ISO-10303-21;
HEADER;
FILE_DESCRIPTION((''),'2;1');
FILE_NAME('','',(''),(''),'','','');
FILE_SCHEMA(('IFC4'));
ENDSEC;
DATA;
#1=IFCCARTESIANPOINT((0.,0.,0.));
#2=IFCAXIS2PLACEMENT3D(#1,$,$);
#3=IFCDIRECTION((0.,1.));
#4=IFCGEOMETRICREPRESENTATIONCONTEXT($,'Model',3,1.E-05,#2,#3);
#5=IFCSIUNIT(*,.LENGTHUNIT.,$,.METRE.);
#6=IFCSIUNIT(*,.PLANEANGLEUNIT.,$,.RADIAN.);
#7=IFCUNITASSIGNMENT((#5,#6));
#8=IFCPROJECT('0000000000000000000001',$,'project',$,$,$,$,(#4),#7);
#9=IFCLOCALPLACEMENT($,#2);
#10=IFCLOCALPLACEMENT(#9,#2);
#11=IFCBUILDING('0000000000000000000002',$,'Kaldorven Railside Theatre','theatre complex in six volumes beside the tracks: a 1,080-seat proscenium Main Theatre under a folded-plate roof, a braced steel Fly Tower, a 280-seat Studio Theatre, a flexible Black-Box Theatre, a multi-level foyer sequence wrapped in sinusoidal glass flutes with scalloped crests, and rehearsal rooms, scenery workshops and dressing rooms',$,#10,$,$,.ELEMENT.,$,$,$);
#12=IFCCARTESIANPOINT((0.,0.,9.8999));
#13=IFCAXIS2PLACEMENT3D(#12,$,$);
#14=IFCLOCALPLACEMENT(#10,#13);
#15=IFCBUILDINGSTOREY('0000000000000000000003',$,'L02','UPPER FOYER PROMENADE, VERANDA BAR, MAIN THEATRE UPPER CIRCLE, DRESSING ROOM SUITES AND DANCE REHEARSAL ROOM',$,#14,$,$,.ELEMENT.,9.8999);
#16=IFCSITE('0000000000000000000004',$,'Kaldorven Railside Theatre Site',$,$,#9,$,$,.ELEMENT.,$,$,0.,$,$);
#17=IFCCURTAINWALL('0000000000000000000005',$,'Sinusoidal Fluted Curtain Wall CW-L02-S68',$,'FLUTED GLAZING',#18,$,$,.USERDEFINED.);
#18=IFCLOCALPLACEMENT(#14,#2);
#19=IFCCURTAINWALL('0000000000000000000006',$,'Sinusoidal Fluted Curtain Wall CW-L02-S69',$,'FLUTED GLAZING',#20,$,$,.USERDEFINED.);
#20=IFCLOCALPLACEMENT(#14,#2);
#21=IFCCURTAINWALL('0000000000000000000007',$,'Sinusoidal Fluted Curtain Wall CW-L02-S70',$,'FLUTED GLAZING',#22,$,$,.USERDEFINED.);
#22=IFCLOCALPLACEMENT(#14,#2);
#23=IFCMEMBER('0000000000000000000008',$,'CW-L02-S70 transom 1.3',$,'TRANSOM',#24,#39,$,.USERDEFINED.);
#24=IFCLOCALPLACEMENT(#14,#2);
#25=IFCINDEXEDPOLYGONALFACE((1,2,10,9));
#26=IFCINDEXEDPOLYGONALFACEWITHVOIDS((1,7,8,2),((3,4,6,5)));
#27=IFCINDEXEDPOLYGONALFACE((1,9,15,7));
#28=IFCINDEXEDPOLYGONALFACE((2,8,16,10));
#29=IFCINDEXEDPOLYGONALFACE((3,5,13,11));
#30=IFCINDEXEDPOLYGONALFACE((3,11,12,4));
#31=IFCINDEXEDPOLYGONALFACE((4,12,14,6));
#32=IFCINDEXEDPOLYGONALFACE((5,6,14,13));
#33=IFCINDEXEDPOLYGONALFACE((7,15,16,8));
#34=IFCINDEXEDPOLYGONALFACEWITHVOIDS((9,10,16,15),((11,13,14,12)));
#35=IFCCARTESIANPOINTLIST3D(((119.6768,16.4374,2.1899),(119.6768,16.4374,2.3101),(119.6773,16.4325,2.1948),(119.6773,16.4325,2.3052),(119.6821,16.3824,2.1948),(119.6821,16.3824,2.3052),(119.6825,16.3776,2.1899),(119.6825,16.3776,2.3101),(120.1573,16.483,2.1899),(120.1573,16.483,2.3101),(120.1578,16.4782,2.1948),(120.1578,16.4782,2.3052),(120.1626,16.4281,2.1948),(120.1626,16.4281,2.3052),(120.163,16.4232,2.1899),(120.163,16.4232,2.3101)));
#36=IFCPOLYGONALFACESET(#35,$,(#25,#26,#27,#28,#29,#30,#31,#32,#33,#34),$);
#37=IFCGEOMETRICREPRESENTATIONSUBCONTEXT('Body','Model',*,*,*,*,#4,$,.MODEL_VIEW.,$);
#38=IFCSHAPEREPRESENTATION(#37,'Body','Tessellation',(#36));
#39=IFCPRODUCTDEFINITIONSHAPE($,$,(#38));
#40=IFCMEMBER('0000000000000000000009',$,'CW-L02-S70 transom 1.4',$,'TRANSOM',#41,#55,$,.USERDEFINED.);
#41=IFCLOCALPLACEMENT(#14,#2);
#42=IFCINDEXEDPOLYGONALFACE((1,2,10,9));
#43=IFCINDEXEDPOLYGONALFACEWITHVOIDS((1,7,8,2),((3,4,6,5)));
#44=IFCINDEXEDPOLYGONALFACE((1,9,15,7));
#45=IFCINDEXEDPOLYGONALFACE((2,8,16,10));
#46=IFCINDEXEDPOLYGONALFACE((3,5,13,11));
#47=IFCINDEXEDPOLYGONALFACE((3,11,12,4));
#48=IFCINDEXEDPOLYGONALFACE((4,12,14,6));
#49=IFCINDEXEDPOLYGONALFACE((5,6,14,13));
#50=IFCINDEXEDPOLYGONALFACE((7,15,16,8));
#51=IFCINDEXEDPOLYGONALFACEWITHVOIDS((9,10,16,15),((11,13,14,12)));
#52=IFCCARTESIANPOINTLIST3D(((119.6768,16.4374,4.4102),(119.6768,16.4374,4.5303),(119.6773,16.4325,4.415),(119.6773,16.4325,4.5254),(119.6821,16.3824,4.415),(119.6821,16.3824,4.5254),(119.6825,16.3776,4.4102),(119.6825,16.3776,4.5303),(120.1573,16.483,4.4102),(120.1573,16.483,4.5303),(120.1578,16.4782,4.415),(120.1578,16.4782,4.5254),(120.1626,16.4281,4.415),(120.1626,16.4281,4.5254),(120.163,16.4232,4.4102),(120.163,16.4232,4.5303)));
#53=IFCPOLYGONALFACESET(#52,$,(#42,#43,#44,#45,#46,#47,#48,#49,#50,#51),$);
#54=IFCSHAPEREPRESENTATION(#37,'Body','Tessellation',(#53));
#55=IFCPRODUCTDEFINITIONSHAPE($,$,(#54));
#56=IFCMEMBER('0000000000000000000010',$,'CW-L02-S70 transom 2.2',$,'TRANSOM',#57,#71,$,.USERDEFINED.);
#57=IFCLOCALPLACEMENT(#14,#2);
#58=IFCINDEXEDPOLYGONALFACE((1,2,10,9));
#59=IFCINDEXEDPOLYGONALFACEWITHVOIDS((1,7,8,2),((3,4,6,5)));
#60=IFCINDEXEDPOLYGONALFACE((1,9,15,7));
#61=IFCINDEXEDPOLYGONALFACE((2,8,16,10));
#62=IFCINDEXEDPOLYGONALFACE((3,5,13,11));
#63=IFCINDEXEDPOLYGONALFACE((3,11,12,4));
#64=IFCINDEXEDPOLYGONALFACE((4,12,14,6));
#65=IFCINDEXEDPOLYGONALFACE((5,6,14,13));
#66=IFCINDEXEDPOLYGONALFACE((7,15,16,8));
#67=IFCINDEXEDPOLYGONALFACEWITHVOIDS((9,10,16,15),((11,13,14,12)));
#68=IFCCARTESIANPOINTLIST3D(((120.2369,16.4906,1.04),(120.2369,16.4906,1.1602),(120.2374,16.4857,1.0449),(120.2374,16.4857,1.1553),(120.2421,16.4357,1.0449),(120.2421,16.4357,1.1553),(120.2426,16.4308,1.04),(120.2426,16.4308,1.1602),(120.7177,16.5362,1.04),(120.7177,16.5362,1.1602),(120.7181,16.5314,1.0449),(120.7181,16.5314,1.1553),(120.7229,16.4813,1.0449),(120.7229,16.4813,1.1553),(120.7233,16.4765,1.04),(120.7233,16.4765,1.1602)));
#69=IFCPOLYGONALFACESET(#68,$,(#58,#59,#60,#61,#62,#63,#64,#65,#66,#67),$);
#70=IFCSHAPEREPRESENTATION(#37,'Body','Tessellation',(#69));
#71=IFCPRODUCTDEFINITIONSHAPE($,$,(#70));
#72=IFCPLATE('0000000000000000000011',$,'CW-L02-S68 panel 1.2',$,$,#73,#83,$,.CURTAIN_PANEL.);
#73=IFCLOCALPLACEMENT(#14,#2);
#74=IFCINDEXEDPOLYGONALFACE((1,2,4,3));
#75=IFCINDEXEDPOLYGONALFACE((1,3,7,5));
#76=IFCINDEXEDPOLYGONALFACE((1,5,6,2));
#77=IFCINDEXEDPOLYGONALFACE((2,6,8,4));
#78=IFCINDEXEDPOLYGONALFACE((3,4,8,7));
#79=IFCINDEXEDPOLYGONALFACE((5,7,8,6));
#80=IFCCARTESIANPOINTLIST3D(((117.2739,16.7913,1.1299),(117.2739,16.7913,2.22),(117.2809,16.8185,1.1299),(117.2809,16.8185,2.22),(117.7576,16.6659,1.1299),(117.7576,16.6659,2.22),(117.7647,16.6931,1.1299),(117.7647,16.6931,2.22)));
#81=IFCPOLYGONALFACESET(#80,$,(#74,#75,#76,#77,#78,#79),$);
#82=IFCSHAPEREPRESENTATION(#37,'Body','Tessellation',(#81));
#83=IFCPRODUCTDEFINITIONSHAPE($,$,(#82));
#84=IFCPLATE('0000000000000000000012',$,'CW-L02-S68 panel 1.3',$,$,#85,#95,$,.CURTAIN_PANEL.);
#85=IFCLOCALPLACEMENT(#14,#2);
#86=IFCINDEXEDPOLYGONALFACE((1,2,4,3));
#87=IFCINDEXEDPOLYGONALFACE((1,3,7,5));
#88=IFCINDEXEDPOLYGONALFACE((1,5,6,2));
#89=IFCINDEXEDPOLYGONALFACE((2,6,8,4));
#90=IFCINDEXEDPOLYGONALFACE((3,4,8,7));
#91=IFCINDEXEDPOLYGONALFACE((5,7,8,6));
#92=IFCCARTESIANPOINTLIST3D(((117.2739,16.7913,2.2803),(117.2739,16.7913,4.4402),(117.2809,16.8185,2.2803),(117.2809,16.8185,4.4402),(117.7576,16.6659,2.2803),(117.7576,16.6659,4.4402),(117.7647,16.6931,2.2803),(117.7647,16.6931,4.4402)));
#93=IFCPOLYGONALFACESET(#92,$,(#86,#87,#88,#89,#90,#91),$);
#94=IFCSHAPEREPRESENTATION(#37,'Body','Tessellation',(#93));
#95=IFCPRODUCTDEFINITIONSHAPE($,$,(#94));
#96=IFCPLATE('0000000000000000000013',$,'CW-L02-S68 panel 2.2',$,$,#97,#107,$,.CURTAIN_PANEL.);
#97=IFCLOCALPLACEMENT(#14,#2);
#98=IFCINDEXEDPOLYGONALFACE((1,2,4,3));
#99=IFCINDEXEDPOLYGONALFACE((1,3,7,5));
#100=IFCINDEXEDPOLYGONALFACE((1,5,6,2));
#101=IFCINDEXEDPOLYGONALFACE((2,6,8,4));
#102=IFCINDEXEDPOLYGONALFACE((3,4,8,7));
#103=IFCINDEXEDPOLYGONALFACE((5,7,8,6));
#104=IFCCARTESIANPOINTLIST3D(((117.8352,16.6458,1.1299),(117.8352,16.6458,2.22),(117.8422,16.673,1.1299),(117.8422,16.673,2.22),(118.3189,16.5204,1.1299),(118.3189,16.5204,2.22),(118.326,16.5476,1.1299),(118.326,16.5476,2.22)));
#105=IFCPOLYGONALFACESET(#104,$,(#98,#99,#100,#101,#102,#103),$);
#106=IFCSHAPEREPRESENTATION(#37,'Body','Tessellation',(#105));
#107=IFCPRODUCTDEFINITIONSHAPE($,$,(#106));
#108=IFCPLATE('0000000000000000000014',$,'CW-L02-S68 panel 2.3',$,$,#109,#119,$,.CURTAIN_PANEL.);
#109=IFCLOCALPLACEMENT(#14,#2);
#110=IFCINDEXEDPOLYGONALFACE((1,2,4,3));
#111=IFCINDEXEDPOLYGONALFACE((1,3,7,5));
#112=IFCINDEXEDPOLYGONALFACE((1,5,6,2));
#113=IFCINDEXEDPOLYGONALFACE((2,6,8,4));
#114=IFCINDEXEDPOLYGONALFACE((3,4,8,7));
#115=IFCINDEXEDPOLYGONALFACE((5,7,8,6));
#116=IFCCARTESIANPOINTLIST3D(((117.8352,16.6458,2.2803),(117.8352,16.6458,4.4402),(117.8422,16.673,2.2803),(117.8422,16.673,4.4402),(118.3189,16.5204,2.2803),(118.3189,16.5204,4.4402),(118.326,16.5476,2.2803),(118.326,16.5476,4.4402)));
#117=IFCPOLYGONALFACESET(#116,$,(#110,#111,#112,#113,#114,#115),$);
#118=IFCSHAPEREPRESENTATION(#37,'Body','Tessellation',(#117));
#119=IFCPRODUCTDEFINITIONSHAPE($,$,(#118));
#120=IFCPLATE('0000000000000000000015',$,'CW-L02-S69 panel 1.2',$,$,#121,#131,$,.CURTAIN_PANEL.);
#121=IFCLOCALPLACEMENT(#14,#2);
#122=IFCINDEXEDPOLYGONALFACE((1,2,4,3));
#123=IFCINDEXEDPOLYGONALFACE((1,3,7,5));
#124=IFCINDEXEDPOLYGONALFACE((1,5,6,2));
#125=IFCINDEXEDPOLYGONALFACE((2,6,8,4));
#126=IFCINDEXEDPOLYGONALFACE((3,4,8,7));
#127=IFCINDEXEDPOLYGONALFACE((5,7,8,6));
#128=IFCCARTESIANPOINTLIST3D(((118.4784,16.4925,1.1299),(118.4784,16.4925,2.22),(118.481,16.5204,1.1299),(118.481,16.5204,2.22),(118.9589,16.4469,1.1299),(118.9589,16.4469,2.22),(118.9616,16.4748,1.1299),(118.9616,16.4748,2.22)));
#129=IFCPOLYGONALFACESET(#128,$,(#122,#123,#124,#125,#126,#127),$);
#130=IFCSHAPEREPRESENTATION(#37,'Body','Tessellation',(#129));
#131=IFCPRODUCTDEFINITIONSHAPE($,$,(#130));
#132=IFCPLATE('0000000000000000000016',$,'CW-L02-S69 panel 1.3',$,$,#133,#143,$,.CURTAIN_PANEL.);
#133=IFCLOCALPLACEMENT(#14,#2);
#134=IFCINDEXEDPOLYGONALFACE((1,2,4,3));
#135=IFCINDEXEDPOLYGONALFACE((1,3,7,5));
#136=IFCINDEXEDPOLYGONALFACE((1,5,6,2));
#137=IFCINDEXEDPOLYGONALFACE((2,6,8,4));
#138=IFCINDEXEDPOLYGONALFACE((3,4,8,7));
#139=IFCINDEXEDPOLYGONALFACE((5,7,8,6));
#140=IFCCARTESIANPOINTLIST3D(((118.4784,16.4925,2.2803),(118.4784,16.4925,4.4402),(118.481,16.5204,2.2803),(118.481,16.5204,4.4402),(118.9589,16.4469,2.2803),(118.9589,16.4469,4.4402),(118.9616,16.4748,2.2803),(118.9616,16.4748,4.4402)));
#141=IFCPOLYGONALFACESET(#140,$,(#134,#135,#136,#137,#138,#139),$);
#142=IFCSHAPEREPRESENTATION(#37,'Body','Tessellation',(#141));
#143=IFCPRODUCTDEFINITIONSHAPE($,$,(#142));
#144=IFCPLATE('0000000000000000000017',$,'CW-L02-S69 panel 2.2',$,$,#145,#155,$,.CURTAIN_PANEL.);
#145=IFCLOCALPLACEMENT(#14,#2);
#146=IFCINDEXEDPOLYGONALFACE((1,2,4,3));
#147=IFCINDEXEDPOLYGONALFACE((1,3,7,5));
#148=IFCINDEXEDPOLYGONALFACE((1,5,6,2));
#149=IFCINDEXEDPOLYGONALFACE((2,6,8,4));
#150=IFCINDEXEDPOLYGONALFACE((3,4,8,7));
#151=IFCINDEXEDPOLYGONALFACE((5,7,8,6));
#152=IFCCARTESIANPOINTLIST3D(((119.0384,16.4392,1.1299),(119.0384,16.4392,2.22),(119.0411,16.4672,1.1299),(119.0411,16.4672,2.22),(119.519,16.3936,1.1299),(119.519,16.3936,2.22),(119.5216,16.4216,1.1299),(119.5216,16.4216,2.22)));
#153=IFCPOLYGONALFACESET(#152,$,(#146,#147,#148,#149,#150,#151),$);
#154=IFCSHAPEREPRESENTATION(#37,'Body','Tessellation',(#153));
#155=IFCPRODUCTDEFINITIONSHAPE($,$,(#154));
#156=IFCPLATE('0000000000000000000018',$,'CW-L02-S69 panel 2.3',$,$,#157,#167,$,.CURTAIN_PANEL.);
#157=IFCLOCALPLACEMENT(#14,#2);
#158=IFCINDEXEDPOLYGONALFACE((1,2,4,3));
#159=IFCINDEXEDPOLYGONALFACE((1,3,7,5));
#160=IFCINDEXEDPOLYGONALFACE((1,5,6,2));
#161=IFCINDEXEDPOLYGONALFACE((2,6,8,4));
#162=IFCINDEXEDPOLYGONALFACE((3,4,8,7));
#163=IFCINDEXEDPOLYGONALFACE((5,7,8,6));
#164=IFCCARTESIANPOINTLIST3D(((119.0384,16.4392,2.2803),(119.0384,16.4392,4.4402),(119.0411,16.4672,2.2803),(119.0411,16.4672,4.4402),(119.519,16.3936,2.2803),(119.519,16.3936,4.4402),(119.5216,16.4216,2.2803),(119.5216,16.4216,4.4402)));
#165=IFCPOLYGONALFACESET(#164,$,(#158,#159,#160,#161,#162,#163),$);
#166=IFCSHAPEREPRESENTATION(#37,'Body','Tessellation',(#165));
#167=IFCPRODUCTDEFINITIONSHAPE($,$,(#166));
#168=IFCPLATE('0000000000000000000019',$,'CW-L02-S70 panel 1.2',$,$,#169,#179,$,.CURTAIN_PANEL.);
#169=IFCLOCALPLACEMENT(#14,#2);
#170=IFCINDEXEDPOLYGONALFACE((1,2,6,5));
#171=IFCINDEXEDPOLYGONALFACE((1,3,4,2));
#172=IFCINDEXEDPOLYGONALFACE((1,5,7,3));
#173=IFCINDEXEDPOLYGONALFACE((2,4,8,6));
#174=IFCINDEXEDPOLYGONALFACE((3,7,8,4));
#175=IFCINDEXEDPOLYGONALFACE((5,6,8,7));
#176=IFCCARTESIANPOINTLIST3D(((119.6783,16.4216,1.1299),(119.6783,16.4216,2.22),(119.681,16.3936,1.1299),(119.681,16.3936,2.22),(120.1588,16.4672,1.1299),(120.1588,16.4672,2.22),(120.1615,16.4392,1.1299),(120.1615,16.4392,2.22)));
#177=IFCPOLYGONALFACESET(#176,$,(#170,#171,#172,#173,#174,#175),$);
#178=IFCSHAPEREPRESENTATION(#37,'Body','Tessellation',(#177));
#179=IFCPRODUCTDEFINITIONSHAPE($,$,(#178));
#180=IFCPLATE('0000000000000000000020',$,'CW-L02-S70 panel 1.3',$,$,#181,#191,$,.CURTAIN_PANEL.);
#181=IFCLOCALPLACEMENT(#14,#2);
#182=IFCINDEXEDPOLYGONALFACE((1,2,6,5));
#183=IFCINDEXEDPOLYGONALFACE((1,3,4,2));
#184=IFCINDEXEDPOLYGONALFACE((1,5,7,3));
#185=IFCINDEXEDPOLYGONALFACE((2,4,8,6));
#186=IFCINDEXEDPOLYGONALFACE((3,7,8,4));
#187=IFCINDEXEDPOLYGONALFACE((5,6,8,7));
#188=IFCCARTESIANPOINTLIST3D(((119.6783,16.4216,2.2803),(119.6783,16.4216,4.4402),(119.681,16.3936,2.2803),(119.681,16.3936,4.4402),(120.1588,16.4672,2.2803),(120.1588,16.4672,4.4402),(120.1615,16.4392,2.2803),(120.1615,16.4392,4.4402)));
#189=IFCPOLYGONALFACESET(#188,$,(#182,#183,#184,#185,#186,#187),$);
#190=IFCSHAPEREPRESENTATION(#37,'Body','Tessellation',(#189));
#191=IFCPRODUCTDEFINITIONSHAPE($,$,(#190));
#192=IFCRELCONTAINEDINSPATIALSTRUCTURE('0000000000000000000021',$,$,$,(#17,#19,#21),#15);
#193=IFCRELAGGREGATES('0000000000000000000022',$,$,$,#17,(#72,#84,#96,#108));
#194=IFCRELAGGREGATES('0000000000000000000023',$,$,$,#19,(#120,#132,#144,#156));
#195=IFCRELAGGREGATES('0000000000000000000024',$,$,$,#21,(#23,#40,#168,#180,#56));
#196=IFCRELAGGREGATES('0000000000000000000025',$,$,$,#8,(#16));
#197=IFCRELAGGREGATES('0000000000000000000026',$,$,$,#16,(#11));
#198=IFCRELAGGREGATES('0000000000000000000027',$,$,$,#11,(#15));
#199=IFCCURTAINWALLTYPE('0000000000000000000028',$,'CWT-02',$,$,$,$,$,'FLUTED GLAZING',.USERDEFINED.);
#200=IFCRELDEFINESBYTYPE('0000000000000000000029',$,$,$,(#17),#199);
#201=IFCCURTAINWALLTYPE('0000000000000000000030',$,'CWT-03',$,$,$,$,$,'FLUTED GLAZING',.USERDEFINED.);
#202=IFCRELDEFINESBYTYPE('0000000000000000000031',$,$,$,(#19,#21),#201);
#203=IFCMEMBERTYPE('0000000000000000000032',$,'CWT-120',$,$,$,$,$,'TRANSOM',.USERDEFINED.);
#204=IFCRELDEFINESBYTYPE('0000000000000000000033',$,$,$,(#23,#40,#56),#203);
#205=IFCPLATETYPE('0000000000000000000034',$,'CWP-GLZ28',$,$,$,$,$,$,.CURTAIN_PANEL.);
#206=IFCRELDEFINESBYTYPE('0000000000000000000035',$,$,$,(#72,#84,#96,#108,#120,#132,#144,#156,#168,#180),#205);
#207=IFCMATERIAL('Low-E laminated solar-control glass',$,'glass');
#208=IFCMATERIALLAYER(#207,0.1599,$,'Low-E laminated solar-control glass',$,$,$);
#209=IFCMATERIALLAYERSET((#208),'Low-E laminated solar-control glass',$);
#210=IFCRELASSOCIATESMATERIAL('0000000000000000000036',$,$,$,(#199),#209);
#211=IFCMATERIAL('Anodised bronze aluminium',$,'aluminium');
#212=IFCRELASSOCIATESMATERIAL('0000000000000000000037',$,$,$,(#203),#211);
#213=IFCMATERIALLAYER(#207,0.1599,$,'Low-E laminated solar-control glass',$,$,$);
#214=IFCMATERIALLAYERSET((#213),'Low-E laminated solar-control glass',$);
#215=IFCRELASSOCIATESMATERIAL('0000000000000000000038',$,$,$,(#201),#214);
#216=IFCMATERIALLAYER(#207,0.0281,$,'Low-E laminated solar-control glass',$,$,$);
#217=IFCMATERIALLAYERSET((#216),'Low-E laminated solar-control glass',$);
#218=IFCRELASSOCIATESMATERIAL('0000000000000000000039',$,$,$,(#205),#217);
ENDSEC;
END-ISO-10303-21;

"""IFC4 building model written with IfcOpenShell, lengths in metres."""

from ifc_helpers import new_model, si_unit, direction, frame, origin, origin_2d, place, context, subcontext, project, spatial, rectangle, hollow_rectangle, extrude, material, layer, layer_set, material_profile, profile_set, type_object, element, aggregate, save


model = new_model("IFC4")

# Units and contexts
model_context = context("Model", 3, precision=1e-05, world=origin(), true_north=direction((0.0, 1.0)))
body_context = subcontext(model_context, "Body", "Model", "MODEL_VIEW")
ifc_project = project(units=[si_unit("LENGTHUNIT", "METRE"), si_unit("PLANEANGLEUNIT", "RADIAN")], contexts=[model_context])

# Site, building, storey
site_placement = place(None, origin())
site = spatial("IfcSite", under=ifc_project, at=site_placement, Name="Kaldorven Railside Theatre Site", CompositionType="ELEMENT", RefElevation=0.0)
building_placement = place(site_placement, origin())
building = spatial("IfcBuilding", under=site, at=building_placement, Name="Kaldorven Railside Theatre", Description="theatre complex in six volumes beside the tracks: a 1,080-seat proscenium Main Theatre under a folded-plate roof, a braced steel Fly Tower, a 280-seat Studio Theatre, a flexible Black-Box Theatre, a multi-level foyer sequence wrapped in sinusoidal glass flutes with scalloped crests, and rehearsal rooms, scenery workshops and dressing rooms", CompositionType="ELEMENT")
storey_placement = place(building_placement, frame((0.0, 0.0, 9.8999)))
storey = spatial("IfcBuildingStorey", under=building, at=storey_placement, Name="L02", Description="UPPER FOYER PROMENADE, VERANDA BAR, MAIN THEATRE UPPER CIRCLE, DRESSING ROOM SUITES AND DANCE REHEARSAL ROOM", CompositionType="ELEMENT", Elevation=9.8999)

# Curtain walls, members
ifc_material_1 = material(Name="Low-E laminated solar-control glass", Category="glass")
ifc_layer_1 = layer(ifc_material_1, 0.1599, Name="Low-E laminated solar-control glass")
ifc_layer_set_1 = layer_set([ifc_layer_1], Name="Low-E laminated solar-control glass")
curtain_wall_type_1 = type_object("IfcCurtainWallType", Name="CWT-02", ElementType="FLUTED GLAZING", PredefinedType="USERDEFINED", material=ifc_layer_set_1)
curtain_wall_1_placement = place(storey_placement, origin())
curtain_wall_1 = element("IfcCurtainWall", 1, at=curtain_wall_1_placement, inside=storey, type_object=curtain_wall_type_1, Name="Sinusoidal Fluted Curtain Wall CW-L02-S68", ObjectType="FLUTED GLAZING", PredefinedType="USERDEFINED")
ifc_material_2 = material(Name="Anodised bronze aluminium", Category="aluminium")
ifc_material_profile = material_profile(ifc_material_2, hollow_rectangle(XDim=0.0601, YDim=0.1201, WallThickness=0.0049, at=origin_2d()), Name="RHS 120x60x5")
ifc_profile_set = profile_set([ifc_material_profile], Name="Anodised bronze aluminium")
member_type = type_object("IfcMemberType", Name="CWT-120", ElementType="TRANSOM", PredefinedType="USERDEFINED", material=ifc_profile_set)
ifc_layer_2 = layer(ifc_material_1, 0.1599, Name="Low-E laminated solar-control glass")
ifc_layer_set_2 = layer_set([ifc_layer_2], Name="Low-E laminated solar-control glass")
curtain_wall_type_2 = type_object("IfcCurtainWallType", Name="CWT-03", ElementType="FLUTED GLAZING", PredefinedType="USERDEFINED", material=ifc_layer_set_2)
curtain_wall_2_placement = place(storey_placement, origin())
curtain_wall_2 = element("IfcCurtainWall", 2, at=curtain_wall_2_placement, inside=storey, type_object=curtain_wall_type_2, Name="Sinusoidal Fluted Curtain Wall CW-L02-S69", ObjectType="FLUTED GLAZING", PredefinedType="USERDEFINED")
curtain_wall_3_placement = place(storey_placement, origin())
curtain_wall_3 = element("IfcCurtainWall", 3, at=curtain_wall_3_placement, inside=storey, type_object=curtain_wall_type_2, Name="Sinusoidal Fluted Curtain Wall CW-L02-S70", ObjectType="FLUTED GLAZING", PredefinedType="USERDEFINED")
member_1_placement = place(storey_placement, frame((119.6797, 16.4075, 2.25), z_axis=(0.995516, 0.094594, 0.0), x_axis=(-0.094594, 0.995516, 0.0)))
member_1 = element("IfcMember", 4, at=member_1_placement, type_object=member_type, Name="CW-L02-S70 transom 1.3", ObjectType="TRANSOM", PredefinedType="USERDEFINED", context=body_context, shape_type="SweptSolid", body=[
    extrude(hollow_rectangle(XDim=0.0601, YDim=0.1201, WallThickness=0.0049, at=origin_2d()), origin(), (0.0, 0.0, 1.0), 0.4827),
])
member_2_placement = place(storey_placement, frame((119.6797, 16.4075, 4.4702), z_axis=(0.995516, 0.094594, 0.0), x_axis=(-0.094594, 0.995516, 0.0)))
member_2 = element("IfcMember", 5, at=member_2_placement, type_object=member_type, Name="CW-L02-S70 transom 1.4", ObjectType="TRANSOM", PredefinedType="USERDEFINED", context=body_context, shape_type="SweptSolid", body=[
    extrude(hollow_rectangle(XDim=0.0601, YDim=0.1201, WallThickness=0.0049, at=origin_2d()), origin(), (0.0, 0.0, 1.0), 0.4827),
])
member_3_placement = place(storey_placement, frame((120.2397, 16.4607, 1.1001), z_axis=(0.99552, 0.094547, 0.0), x_axis=(-0.094547, 0.99552, 0.0)))
member_3 = element("IfcMember", 6, at=member_3_placement, type_object=member_type, Name="CW-L02-S70 transom 2.2", ObjectType="TRANSOM", PredefinedType="USERDEFINED", context=body_context, shape_type="SweptSolid", body=[
    extrude(hollow_rectangle(XDim=0.0601, YDim=0.1201, WallThickness=0.0049, at=origin_2d()), origin(), (0.0, 0.0, 1.0), 0.4829),
])

# Plates
ifc_layer_3 = layer(ifc_material_1, 0.0281, Name="Low-E laminated solar-control glass")
ifc_layer_set_3 = layer_set([ifc_layer_3], Name="Low-E laminated solar-control glass")
plate_type = type_object("IfcPlateType", Name="CWP-GLZ28", PredefinedType="CURTAIN_PANEL", material=ifc_layer_set_3)
plate_1_placement = place(storey_placement, frame((117.5193, 16.7422, 1.1299), z_axis=(0.0, 0.0, 1.0), x_axis=(0.967999, -0.250954, 0.0)))
plate_1 = element("IfcPlate", 7, at=plate_1_placement, type_object=plate_type, Name="CW-L02-S68 panel 1.2", PredefinedType="CURTAIN_PANEL", context=body_context, shape_type="SweptSolid", body=[
    extrude(rectangle(XDim=0.4998, YDim=0.0281, at=origin_2d()), origin(), (0.0, 0.0, 1.0), 1.0901),
])
plate_2_placement = place(storey_placement, frame((117.5193, 16.7422, 2.2803), z_axis=(0.0, 0.0, 1.0), x_axis=(0.967999, -0.250954, 0.0)))
plate_2 = element("IfcPlate", 8, at=plate_2_placement, type_object=plate_type, Name="CW-L02-S68 panel 1.3", PredefinedType="CURTAIN_PANEL", context=body_context, shape_type="SweptSolid", body=[
    extrude(rectangle(XDim=0.4998, YDim=0.0281, at=origin_2d()), origin(), (0.0, 0.0, 1.0), 2.1599),
])
plate_3_placement = place(storey_placement, frame((118.0806, 16.5967, 1.1299), z_axis=(0.0, 0.0, 1.0), x_axis=(0.967999, -0.250954, 0.0)))
plate_3 = element("IfcPlate", 9, at=plate_3_placement, type_object=plate_type, Name="CW-L02-S68 panel 2.2", PredefinedType="CURTAIN_PANEL", context=body_context, shape_type="SweptSolid", body=[
    extrude(rectangle(XDim=0.4998, YDim=0.0281, at=origin_2d()), origin(), (0.0, 0.0, 1.0), 1.0901),
])
plate_4_placement = place(storey_placement, frame((118.0806, 16.5967, 2.2803), z_axis=(0.0, 0.0, 1.0), x_axis=(0.967999, -0.250954, 0.0)))
plate_4 = element("IfcPlate", 10, at=plate_4_placement, type_object=plate_type, Name="CW-L02-S68 panel 2.3", PredefinedType="CURTAIN_PANEL", context=body_context, shape_type="SweptSolid", body=[
    extrude(rectangle(XDim=0.4998, YDim=0.0281, at=origin_2d()), origin(), (0.0, 0.0, 1.0), 2.1599),
])
aggregate(curtain_wall_1, [plate_1, plate_2, plate_3, plate_4])
plate_5_placement = place(storey_placement, frame((118.72, 16.4836, 1.1299), z_axis=(0.0, 0.0, 1.0), x_axis=(0.995526, -0.094492, 0.0)))
plate_5 = element("IfcPlate", 11, at=plate_5_placement, type_object=plate_type, Name="CW-L02-S69 panel 1.2", PredefinedType="CURTAIN_PANEL", context=body_context, shape_type="SweptSolid", body=[
    extrude(rectangle(XDim=0.4827, YDim=0.0281, at=origin_2d()), origin(), (0.0, 0.0, 1.0), 1.0901),
])
plate_6_placement = place(storey_placement, frame((118.72, 16.4836, 2.2803), z_axis=(0.0, 0.0, 1.0), x_axis=(0.995526, -0.094492, 0.0)))
plate_6 = element("IfcPlate", 12, at=plate_6_placement, type_object=plate_type, Name="CW-L02-S69 panel 1.3", PredefinedType="CURTAIN_PANEL", context=body_context, shape_type="SweptSolid", body=[
    extrude(rectangle(XDim=0.4827, YDim=0.0281, at=origin_2d()), origin(), (0.0, 0.0, 1.0), 2.1599),
])
plate_7_placement = place(storey_placement, frame((119.28, 16.4304, 1.1299), z_axis=(0.0, 0.0, 1.0), x_axis=(0.995526, -0.094492, 0.0)))
plate_7 = element("IfcPlate", 13, at=plate_7_placement, type_object=plate_type, Name="CW-L02-S69 panel 2.2", PredefinedType="CURTAIN_PANEL", context=body_context, shape_type="SweptSolid", body=[
    extrude(rectangle(XDim=0.4827, YDim=0.0281, at=origin_2d()), origin(), (0.0, 0.0, 1.0), 1.0901),
])
plate_8_placement = place(storey_placement, frame((119.28, 16.4304, 2.2803), z_axis=(0.0, 0.0, 1.0), x_axis=(0.995526, -0.094492, 0.0)))
plate_8 = element("IfcPlate", 14, at=plate_8_placement, type_object=plate_type, Name="CW-L02-S69 panel 2.3", PredefinedType="CURTAIN_PANEL", context=body_context, shape_type="SweptSolid", body=[
    extrude(rectangle(XDim=0.4827, YDim=0.0281, at=origin_2d()), origin(), (0.0, 0.0, 1.0), 2.1599),
])
aggregate(curtain_wall_2, [plate_5, plate_6, plate_7, plate_8])
plate_9_placement = place(storey_placement, frame((119.9199, 16.4304, 1.1299), z_axis=(0.0, 0.0, 1.0), x_axis=(0.995526, 0.094492, 0.0)))
plate_9 = element("IfcPlate", 15, at=plate_9_placement, type_object=plate_type, Name="CW-L02-S70 panel 1.2", PredefinedType="CURTAIN_PANEL", context=body_context, shape_type="SweptSolid", body=[
    extrude(rectangle(XDim=0.4827, YDim=0.0281, at=origin_2d()), origin(), (0.0, 0.0, 1.0), 1.0901),
])
plate_10_placement = place(storey_placement, frame((119.9199, 16.4304, 2.2803), z_axis=(0.0, 0.0, 1.0), x_axis=(0.995526, 0.094492, 0.0)))
plate_10 = element("IfcPlate", 16, at=plate_10_placement, type_object=plate_type, Name="CW-L02-S70 panel 1.3", PredefinedType="CURTAIN_PANEL", context=body_context, shape_type="SweptSolid", body=[
    extrude(rectangle(XDim=0.4827, YDim=0.0281, at=origin_2d()), origin(), (0.0, 0.0, 1.0), 2.1599),
])
aggregate(curtain_wall_3, [member_1, member_2, plate_9, plate_10, member_3])

save(model, "model.ifc")
